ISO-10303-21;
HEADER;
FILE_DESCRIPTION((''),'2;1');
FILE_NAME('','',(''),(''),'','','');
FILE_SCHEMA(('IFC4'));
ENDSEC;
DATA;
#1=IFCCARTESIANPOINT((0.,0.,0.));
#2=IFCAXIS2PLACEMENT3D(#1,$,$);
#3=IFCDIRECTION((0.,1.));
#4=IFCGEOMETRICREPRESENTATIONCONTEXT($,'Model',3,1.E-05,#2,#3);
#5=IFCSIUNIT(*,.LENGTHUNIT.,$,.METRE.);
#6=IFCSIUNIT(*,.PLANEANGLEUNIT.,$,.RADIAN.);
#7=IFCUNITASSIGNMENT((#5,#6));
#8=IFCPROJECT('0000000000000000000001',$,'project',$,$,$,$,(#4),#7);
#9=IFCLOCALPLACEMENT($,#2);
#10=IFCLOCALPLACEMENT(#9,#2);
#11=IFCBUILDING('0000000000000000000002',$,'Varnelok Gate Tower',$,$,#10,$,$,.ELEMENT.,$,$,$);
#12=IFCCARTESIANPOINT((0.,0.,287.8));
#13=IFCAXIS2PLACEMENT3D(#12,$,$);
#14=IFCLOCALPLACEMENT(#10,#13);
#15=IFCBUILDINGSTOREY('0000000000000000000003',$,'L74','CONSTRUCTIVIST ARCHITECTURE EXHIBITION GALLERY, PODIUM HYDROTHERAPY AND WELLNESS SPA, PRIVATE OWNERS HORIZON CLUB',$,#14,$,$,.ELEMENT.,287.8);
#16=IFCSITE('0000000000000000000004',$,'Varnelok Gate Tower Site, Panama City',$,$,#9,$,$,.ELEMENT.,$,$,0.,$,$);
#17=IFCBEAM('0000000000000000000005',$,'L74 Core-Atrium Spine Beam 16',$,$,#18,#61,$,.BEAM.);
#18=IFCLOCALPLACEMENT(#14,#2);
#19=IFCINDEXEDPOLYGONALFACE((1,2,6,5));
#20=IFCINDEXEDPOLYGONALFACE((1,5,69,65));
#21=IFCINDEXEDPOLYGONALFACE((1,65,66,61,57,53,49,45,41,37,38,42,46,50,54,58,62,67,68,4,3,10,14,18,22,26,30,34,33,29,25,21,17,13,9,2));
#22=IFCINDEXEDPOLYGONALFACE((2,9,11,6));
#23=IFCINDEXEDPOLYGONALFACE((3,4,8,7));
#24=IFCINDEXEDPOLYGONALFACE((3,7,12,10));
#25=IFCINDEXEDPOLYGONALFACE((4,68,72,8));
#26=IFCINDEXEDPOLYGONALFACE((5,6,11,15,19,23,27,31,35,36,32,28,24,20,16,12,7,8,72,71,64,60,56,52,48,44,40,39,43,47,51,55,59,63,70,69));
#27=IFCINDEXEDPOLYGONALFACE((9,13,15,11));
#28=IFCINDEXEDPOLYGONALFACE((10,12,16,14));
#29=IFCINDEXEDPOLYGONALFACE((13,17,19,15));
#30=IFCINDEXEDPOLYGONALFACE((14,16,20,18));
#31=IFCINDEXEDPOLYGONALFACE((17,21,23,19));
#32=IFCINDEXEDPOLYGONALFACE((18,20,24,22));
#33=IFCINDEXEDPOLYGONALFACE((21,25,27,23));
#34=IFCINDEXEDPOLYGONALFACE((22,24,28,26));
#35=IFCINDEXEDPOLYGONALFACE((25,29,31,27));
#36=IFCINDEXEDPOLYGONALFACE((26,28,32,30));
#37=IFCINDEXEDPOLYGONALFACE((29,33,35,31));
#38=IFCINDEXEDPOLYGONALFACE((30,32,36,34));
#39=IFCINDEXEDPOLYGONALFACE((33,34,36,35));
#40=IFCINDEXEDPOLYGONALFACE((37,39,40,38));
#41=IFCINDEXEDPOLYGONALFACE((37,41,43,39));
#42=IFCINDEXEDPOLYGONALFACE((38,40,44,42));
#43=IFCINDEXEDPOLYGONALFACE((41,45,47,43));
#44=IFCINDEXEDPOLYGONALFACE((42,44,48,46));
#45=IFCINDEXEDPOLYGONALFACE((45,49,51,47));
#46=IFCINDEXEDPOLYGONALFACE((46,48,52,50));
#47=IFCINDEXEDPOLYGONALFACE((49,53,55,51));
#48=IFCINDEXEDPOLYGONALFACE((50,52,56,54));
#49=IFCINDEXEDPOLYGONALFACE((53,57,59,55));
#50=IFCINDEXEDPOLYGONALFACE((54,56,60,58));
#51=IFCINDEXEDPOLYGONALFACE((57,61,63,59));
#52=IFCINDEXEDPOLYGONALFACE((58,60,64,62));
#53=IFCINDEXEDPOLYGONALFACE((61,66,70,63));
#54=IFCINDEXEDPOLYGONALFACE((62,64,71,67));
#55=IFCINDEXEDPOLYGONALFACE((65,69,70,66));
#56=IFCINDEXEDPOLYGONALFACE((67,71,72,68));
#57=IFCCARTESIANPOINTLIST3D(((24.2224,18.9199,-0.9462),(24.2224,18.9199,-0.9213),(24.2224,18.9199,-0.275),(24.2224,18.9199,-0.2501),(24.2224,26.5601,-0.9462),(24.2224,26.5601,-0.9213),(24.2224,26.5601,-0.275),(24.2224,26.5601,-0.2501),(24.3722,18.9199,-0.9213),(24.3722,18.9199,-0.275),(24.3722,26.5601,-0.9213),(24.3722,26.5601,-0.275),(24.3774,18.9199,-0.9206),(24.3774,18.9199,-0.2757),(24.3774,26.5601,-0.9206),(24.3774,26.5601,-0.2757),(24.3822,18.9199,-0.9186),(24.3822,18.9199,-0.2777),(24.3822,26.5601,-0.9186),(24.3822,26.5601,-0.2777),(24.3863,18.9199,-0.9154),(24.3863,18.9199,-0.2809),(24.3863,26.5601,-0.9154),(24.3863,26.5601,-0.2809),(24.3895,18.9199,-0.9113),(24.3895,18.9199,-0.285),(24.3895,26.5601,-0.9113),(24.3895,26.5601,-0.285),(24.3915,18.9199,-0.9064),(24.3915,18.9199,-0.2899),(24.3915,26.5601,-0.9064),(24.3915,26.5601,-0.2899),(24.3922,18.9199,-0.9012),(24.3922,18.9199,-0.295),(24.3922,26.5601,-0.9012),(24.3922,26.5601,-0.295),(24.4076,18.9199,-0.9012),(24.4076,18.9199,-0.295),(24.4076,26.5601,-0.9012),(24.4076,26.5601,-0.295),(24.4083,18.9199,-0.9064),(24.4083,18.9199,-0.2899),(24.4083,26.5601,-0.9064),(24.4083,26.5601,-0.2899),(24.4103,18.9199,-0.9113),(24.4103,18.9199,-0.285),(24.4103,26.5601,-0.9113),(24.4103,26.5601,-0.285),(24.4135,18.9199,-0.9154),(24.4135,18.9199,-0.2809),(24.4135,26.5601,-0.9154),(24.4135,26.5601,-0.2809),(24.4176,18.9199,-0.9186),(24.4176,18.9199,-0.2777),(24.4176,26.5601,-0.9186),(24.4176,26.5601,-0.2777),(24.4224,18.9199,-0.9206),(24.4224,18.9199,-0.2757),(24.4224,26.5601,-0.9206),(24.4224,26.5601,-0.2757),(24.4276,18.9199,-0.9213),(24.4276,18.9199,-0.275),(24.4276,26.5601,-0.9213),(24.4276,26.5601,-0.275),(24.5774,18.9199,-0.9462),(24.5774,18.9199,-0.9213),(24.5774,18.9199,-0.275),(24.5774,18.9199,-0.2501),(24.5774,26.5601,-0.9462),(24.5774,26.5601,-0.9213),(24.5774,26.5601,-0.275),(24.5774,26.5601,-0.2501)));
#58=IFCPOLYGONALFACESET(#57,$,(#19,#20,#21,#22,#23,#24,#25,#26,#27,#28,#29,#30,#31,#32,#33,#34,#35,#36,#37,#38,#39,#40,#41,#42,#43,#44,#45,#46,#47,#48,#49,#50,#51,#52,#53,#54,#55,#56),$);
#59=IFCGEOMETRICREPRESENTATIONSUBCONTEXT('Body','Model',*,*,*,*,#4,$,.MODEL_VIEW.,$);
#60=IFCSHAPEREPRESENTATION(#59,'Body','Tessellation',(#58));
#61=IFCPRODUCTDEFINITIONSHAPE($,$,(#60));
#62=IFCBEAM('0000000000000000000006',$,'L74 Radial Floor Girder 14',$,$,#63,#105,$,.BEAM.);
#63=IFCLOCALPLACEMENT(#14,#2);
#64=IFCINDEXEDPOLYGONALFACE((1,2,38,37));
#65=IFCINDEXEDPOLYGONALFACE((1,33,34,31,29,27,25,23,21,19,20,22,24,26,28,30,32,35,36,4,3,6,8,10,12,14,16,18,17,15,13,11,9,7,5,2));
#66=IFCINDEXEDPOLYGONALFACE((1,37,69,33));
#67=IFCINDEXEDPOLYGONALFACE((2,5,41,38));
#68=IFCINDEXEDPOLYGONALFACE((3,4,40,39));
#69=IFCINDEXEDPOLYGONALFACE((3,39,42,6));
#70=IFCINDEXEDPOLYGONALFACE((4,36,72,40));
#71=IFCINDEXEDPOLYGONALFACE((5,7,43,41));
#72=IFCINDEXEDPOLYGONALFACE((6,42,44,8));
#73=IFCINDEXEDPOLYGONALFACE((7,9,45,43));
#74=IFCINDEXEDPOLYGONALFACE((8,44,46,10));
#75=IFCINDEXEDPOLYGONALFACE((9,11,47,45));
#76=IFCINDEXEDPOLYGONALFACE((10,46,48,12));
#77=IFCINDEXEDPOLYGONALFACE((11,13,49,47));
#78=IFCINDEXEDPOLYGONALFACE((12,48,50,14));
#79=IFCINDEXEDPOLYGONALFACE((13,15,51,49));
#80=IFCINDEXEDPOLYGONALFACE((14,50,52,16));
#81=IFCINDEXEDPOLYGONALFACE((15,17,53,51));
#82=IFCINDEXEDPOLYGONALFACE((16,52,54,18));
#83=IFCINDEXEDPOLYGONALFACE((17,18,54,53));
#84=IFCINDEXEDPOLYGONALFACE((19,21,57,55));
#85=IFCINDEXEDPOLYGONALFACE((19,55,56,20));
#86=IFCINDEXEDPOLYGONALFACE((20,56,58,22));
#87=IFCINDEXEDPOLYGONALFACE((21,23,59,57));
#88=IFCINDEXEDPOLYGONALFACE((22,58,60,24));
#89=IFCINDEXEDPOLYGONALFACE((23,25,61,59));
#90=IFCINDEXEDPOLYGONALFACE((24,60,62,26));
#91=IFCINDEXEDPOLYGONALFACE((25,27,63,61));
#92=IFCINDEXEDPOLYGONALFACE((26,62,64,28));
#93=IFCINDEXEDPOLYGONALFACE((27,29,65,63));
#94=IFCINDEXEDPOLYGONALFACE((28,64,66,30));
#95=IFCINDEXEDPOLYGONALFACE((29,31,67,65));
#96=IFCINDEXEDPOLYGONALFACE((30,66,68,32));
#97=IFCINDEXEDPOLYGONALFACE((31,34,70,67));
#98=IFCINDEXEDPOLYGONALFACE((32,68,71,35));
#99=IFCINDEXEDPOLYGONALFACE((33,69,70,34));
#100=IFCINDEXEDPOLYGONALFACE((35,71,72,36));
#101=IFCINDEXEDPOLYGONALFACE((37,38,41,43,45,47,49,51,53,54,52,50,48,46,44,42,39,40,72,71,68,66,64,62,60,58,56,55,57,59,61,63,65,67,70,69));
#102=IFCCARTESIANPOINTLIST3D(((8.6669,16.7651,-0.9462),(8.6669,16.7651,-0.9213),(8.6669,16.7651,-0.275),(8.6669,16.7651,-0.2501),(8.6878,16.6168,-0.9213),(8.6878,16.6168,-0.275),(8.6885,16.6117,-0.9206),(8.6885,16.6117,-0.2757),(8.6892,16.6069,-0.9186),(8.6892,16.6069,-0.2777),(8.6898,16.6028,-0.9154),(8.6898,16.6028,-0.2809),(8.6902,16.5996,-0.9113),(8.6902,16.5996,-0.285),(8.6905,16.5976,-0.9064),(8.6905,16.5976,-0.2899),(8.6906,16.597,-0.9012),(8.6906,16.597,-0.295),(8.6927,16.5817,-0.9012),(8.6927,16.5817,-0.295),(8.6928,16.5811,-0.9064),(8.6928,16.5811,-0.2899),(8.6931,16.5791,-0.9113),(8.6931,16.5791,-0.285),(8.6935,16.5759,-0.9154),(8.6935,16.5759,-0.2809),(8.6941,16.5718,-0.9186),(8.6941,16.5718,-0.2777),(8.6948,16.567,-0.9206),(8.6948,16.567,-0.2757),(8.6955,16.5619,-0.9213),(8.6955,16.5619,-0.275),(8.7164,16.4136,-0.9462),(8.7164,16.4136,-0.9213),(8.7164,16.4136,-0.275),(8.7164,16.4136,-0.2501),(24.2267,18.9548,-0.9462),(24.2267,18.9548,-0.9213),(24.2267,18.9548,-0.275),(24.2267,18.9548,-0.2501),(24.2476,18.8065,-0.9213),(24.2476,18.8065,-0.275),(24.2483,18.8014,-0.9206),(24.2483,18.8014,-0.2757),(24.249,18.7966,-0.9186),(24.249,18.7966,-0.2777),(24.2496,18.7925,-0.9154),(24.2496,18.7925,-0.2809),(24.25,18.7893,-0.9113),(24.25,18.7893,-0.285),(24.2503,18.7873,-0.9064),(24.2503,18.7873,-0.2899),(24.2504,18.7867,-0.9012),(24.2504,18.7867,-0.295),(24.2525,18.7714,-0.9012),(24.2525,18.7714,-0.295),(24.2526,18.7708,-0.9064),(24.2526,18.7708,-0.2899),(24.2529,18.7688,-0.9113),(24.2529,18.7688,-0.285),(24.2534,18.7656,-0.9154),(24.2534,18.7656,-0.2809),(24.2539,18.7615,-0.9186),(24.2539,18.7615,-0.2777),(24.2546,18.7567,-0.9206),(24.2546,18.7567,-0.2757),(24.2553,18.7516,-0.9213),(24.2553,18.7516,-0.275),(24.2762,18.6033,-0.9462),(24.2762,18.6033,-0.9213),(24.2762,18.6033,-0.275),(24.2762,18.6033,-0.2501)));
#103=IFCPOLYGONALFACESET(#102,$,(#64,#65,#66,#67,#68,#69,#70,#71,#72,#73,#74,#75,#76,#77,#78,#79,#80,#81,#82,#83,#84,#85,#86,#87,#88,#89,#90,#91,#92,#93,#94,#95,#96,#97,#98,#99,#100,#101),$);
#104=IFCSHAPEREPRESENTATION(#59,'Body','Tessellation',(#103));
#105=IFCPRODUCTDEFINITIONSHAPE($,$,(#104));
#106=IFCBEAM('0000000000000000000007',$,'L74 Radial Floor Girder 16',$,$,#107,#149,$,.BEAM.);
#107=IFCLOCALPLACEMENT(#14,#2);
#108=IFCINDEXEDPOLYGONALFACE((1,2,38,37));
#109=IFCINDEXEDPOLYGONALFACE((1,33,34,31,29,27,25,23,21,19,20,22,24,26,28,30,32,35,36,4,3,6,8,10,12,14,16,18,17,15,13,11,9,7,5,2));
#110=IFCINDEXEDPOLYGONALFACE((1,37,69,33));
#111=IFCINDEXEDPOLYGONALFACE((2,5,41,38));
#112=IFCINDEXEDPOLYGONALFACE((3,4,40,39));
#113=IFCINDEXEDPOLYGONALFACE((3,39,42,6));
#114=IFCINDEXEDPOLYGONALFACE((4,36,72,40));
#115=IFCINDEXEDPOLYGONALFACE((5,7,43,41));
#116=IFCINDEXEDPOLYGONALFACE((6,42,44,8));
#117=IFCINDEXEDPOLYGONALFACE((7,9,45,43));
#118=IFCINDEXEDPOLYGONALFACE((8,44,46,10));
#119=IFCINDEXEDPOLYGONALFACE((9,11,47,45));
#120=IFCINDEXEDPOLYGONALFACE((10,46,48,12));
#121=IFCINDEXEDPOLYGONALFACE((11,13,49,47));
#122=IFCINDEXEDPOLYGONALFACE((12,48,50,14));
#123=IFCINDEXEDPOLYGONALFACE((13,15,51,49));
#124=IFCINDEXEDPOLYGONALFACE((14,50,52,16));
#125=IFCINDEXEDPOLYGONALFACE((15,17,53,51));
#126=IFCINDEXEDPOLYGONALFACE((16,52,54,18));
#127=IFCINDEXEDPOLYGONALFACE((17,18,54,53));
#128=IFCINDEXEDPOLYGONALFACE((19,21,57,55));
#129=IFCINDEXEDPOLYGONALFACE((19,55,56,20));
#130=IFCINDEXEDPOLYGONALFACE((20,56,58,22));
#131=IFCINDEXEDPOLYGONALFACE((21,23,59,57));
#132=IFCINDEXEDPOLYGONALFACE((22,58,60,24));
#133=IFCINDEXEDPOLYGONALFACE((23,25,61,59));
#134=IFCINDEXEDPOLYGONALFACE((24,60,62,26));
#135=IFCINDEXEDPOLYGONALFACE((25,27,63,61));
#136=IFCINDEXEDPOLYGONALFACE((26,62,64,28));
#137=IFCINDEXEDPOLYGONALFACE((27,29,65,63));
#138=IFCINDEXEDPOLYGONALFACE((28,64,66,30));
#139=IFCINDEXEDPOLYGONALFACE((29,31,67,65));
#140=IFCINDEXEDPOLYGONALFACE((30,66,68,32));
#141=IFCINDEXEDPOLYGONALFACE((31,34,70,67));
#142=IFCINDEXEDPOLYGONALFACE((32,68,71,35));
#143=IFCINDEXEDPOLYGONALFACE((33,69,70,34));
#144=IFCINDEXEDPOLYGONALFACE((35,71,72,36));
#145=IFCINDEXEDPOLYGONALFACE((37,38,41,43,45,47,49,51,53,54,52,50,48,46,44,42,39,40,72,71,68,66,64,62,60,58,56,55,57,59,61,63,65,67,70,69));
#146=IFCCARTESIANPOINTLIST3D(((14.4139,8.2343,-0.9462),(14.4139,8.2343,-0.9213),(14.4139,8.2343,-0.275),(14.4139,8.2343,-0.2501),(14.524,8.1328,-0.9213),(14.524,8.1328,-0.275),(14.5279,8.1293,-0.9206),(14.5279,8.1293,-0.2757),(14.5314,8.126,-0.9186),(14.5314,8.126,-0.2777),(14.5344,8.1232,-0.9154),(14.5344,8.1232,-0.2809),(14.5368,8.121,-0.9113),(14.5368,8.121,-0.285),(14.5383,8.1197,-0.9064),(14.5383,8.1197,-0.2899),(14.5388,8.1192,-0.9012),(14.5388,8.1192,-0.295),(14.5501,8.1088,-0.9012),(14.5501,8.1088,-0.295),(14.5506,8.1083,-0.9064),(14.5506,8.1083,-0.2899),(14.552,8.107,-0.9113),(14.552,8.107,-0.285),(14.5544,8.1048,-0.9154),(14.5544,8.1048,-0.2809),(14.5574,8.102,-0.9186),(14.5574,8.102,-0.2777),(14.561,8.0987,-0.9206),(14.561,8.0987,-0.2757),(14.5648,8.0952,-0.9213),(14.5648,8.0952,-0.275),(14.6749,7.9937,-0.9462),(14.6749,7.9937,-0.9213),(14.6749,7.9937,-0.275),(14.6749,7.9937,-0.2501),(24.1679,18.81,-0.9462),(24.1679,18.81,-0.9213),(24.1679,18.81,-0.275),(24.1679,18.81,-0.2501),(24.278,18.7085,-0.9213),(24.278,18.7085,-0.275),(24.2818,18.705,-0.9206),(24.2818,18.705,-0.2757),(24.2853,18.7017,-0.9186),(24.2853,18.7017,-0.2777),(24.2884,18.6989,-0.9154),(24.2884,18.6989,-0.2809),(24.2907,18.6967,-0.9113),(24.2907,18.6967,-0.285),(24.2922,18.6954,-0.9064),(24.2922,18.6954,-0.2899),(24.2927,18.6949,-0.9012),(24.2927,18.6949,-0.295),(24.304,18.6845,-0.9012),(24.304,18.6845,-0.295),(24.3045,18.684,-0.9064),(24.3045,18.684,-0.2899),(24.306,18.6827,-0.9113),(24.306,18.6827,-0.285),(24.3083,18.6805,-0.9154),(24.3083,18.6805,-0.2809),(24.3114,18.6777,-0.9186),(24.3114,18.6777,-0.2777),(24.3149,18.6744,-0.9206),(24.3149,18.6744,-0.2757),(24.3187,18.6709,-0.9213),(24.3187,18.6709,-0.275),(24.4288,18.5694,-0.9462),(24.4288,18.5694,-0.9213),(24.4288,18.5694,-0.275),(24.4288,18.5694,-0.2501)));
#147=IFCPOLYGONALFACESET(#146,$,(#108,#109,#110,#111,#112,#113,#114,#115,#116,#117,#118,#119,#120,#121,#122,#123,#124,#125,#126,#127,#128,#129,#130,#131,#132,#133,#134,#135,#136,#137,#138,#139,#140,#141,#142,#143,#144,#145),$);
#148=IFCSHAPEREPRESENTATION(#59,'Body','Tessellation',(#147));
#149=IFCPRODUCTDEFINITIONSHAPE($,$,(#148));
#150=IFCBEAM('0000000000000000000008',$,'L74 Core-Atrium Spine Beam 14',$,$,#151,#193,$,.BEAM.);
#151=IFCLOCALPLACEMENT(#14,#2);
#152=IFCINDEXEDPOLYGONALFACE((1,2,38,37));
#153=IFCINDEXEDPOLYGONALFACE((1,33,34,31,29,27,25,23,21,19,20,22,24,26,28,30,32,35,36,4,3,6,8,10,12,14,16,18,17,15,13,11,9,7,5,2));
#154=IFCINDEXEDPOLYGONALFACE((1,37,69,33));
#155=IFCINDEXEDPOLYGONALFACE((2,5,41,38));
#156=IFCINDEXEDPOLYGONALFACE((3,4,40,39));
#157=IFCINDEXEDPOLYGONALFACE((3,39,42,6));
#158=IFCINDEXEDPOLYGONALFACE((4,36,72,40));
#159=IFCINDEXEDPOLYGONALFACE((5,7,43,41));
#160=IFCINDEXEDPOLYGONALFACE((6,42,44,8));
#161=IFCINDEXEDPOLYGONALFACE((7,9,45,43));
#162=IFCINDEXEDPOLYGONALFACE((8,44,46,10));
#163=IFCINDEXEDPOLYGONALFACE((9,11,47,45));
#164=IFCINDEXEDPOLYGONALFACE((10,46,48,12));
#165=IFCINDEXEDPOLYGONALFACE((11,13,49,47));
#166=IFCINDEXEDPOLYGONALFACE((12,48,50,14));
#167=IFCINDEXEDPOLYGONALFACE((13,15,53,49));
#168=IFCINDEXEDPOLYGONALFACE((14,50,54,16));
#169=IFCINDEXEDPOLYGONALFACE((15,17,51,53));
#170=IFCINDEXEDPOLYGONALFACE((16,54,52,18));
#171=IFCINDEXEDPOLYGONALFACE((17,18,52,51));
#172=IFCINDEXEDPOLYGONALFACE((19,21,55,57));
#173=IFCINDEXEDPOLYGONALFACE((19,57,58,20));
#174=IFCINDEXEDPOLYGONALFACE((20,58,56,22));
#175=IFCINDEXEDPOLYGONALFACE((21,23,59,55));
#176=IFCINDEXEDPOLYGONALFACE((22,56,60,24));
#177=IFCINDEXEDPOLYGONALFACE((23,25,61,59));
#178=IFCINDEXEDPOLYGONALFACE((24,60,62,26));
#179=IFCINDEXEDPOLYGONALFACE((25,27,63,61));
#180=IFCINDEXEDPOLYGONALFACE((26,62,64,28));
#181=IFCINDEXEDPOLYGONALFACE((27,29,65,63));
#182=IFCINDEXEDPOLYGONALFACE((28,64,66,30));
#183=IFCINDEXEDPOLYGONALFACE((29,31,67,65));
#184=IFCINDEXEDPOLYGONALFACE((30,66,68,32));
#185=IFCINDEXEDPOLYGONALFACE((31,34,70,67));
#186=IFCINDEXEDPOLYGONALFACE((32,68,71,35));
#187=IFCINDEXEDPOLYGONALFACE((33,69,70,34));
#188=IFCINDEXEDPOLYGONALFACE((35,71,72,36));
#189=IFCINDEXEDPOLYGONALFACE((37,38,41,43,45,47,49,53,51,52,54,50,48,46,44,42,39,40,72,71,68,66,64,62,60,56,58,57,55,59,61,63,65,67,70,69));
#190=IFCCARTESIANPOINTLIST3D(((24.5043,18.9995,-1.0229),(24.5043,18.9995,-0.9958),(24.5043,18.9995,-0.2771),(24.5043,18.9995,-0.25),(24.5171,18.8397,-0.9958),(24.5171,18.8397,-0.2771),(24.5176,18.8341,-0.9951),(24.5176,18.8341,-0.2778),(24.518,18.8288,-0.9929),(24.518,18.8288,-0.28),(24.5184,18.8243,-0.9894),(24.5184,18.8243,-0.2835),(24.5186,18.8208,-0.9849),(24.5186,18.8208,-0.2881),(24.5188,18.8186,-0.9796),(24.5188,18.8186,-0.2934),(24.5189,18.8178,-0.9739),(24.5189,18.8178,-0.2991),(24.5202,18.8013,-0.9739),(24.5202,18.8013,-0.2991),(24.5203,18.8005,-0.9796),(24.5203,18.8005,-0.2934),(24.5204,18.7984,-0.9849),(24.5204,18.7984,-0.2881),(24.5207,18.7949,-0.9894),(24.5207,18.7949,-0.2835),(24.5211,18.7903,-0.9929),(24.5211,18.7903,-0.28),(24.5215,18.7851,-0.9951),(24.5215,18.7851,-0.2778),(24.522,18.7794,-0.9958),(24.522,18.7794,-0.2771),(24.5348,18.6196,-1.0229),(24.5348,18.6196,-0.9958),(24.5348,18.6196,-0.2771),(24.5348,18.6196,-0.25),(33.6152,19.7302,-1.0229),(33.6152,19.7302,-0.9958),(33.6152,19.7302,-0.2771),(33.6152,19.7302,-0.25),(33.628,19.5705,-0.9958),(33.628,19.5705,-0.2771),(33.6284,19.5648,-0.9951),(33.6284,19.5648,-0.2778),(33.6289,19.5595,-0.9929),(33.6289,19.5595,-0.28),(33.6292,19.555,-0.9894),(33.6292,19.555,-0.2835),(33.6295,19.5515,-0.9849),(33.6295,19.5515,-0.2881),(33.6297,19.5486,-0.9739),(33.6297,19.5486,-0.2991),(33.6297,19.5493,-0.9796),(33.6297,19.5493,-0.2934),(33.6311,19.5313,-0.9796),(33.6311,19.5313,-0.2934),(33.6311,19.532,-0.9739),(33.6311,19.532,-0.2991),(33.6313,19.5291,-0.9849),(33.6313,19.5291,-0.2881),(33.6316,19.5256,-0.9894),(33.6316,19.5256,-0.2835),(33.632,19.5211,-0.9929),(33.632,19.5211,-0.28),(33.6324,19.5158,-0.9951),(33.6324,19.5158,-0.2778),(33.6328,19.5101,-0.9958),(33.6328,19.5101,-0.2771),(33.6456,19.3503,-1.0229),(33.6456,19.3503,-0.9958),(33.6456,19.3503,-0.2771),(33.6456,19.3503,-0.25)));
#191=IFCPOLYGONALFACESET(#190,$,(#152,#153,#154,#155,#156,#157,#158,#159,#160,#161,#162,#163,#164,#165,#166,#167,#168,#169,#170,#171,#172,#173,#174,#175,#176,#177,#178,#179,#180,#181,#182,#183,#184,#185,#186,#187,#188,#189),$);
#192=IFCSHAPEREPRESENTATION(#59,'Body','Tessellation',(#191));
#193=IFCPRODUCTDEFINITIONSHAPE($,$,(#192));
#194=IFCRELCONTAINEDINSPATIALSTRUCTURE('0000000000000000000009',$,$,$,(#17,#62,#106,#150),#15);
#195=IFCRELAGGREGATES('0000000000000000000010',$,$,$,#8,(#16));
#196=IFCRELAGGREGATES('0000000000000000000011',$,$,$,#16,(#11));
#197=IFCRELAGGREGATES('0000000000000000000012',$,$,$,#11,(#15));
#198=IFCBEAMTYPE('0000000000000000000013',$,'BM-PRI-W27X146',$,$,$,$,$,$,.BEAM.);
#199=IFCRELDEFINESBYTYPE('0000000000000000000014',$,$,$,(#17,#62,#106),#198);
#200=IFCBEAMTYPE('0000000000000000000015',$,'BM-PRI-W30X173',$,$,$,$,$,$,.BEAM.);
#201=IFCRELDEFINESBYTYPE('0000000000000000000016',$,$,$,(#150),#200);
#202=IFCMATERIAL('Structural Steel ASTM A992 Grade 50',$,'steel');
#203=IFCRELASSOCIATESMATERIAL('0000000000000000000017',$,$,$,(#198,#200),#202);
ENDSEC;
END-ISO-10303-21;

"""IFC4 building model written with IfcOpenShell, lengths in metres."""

from ifc_helpers import new_model, si_unit, direction, frame, origin, origin_2d, place, context, subcontext, project, spatial, i_section, extrude, material, material_profile, profile_set, type_object, element, save


model = new_model("IFC4")

# Units and contexts
model_context = context("Model", 3, precision=1e-05, world=origin(), true_north=direction((0.0, 1.0)))
body_context = subcontext(model_context, "Body", "Model", "MODEL_VIEW")
ifc_project = project(units=[si_unit("LENGTHUNIT", "METRE"), si_unit("PLANEANGLEUNIT", "RADIAN")], contexts=[model_context])

# Site, building, storey
site_placement = place(None, origin())
site = spatial("IfcSite", under=ifc_project, at=site_placement, Name="Varnelok Gate Tower Site, Panama City", CompositionType="ELEMENT", RefElevation=0.0)
building_placement = place(site_placement, origin())
building = spatial("IfcBuilding", under=site, at=building_placement, Name="Varnelok Gate Tower", CompositionType="ELEMENT")
storey_placement = place(building_placement, frame((0.0, 0.0, 287.8)))
storey = spatial("IfcBuildingStorey", under=building, at=storey_placement, Name="L74", Description="CONSTRUCTIVIST ARCHITECTURE EXHIBITION GALLERY, PODIUM HYDROTHERAPY AND WELLNESS SPA, PRIVATE OWNERS HORIZON CLUB", CompositionType="ELEMENT", Elevation=287.8)

# Shared definitions
ifc_material_1 = material(Name="Structural Steel ASTM A992 Grade 50", Category="steel")

# Beams
ifc_material_profile_1 = material_profile(ifc_material_1, i_section(OverallWidth=0.355, OverallDepth=0.696, WebThickness=0.0154, FlangeThickness=0.0249, FilletRadius=0.02, at=origin_2d()), Name="W27X146")
ifc_profile_set_1 = profile_set([ifc_material_profile_1], Name="Structural Steel ASTM A992 Grade 50")
beam_type_1 = type_object("IfcBeamType", Name="BM-PRI-W27X146", PredefinedType="BEAM", material=ifc_profile_set_1)
beam_1_placement = place(storey_placement, frame((24.3999, 18.9199, -0.5981), z_axis=(0.0, 1.0, 0.0), x_axis=(-1.0, 0.0, 0.0)))
element("IfcBeam", 1, at=beam_1_placement, inside=storey, type_object=beam_type_1, Name="L74 Core-Atrium Spine Beam 16", PredefinedType="BEAM", context=body_context, shape_type="SweptSolid", body=[
    extrude(i_section(OverallWidth=0.355, OverallDepth=0.696, WebThickness=0.0154, FlangeThickness=0.0249, FilletRadius=0.02, at=origin_2d()), origin(), (0.0, 0.0, 1.0), 7.6401),
])
beam_2_placement = place(storey_placement, frame((24.2515, 18.7791, -0.5981), z_axis=(-0.990243, -0.139355, 0.0), x_axis=(0.139355, -0.990243, 0.0)))
element("IfcBeam", 2, at=beam_2_placement, inside=storey, type_object=beam_type_1, Name="L74 Radial Floor Girder 14", PredefinedType="BEAM", context=body_context, shape_type="SweptSolid", body=[
    extrude(i_section(OverallWidth=0.355, OverallDepth=0.696, WebThickness=0.0154, FlangeThickness=0.0249, FilletRadius=0.02, at=origin_2d()), origin(), (0.0, 0.0, 1.0), 15.7131),
])
beam_3_placement = place(storey_placement, frame((24.2983, 18.6897, -0.5981), z_axis=(-0.67797, -0.73509, 0.0), x_axis=(0.73509, -0.67797, 0.0)))
element("IfcBeam", 3, at=beam_3_placement, inside=storey, type_object=beam_type_1, Name="L74 Radial Floor Girder 16", PredefinedType="BEAM", context=body_context, shape_type="SweptSolid", body=[
    extrude(i_section(OverallWidth=0.355, OverallDepth=0.696, WebThickness=0.0154, FlangeThickness=0.0249, FilletRadius=0.02, at=origin_2d()), origin(), (0.0, 0.0, 1.0), 14.387),
])
ifc_material_profile_2 = material_profile(ifc_material_1, i_section(OverallWidth=0.3811, OverallDepth=0.7729, WebThickness=0.0166, FlangeThickness=0.0271, FilletRadius=0.022, at=origin_2d()), Name="W30X173")
ifc_profile_set_2 = profile_set([ifc_material_profile_2], Name="Structural Steel ASTM A992 Grade 50")
beam_type_2 = type_object("IfcBeamType", Name="BM-PRI-W30X173", PredefinedType="BEAM", material=ifc_profile_set_2)
beam_4_placement = place(storey_placement, frame((24.5195, 18.8096, -0.6365), z_axis=(0.996799, 0.079946, 0.0), x_axis=(-0.079946, 0.996799, 0.0)))
element("IfcBeam", 4, at=beam_4_placement, inside=storey, type_object=beam_type_2, Name="L74 Core-Atrium Spine Beam 14", PredefinedType="BEAM", context=body_context, shape_type="SweptSolid", body=[
    extrude(i_section(OverallWidth=0.3811, OverallDepth=0.7729, WebThickness=0.0166, FlangeThickness=0.0271, FilletRadius=0.022, at=origin_2d()), origin(), (0.0, 0.0, 1.0), 9.1401),
])

save(model, "model.ifc")
